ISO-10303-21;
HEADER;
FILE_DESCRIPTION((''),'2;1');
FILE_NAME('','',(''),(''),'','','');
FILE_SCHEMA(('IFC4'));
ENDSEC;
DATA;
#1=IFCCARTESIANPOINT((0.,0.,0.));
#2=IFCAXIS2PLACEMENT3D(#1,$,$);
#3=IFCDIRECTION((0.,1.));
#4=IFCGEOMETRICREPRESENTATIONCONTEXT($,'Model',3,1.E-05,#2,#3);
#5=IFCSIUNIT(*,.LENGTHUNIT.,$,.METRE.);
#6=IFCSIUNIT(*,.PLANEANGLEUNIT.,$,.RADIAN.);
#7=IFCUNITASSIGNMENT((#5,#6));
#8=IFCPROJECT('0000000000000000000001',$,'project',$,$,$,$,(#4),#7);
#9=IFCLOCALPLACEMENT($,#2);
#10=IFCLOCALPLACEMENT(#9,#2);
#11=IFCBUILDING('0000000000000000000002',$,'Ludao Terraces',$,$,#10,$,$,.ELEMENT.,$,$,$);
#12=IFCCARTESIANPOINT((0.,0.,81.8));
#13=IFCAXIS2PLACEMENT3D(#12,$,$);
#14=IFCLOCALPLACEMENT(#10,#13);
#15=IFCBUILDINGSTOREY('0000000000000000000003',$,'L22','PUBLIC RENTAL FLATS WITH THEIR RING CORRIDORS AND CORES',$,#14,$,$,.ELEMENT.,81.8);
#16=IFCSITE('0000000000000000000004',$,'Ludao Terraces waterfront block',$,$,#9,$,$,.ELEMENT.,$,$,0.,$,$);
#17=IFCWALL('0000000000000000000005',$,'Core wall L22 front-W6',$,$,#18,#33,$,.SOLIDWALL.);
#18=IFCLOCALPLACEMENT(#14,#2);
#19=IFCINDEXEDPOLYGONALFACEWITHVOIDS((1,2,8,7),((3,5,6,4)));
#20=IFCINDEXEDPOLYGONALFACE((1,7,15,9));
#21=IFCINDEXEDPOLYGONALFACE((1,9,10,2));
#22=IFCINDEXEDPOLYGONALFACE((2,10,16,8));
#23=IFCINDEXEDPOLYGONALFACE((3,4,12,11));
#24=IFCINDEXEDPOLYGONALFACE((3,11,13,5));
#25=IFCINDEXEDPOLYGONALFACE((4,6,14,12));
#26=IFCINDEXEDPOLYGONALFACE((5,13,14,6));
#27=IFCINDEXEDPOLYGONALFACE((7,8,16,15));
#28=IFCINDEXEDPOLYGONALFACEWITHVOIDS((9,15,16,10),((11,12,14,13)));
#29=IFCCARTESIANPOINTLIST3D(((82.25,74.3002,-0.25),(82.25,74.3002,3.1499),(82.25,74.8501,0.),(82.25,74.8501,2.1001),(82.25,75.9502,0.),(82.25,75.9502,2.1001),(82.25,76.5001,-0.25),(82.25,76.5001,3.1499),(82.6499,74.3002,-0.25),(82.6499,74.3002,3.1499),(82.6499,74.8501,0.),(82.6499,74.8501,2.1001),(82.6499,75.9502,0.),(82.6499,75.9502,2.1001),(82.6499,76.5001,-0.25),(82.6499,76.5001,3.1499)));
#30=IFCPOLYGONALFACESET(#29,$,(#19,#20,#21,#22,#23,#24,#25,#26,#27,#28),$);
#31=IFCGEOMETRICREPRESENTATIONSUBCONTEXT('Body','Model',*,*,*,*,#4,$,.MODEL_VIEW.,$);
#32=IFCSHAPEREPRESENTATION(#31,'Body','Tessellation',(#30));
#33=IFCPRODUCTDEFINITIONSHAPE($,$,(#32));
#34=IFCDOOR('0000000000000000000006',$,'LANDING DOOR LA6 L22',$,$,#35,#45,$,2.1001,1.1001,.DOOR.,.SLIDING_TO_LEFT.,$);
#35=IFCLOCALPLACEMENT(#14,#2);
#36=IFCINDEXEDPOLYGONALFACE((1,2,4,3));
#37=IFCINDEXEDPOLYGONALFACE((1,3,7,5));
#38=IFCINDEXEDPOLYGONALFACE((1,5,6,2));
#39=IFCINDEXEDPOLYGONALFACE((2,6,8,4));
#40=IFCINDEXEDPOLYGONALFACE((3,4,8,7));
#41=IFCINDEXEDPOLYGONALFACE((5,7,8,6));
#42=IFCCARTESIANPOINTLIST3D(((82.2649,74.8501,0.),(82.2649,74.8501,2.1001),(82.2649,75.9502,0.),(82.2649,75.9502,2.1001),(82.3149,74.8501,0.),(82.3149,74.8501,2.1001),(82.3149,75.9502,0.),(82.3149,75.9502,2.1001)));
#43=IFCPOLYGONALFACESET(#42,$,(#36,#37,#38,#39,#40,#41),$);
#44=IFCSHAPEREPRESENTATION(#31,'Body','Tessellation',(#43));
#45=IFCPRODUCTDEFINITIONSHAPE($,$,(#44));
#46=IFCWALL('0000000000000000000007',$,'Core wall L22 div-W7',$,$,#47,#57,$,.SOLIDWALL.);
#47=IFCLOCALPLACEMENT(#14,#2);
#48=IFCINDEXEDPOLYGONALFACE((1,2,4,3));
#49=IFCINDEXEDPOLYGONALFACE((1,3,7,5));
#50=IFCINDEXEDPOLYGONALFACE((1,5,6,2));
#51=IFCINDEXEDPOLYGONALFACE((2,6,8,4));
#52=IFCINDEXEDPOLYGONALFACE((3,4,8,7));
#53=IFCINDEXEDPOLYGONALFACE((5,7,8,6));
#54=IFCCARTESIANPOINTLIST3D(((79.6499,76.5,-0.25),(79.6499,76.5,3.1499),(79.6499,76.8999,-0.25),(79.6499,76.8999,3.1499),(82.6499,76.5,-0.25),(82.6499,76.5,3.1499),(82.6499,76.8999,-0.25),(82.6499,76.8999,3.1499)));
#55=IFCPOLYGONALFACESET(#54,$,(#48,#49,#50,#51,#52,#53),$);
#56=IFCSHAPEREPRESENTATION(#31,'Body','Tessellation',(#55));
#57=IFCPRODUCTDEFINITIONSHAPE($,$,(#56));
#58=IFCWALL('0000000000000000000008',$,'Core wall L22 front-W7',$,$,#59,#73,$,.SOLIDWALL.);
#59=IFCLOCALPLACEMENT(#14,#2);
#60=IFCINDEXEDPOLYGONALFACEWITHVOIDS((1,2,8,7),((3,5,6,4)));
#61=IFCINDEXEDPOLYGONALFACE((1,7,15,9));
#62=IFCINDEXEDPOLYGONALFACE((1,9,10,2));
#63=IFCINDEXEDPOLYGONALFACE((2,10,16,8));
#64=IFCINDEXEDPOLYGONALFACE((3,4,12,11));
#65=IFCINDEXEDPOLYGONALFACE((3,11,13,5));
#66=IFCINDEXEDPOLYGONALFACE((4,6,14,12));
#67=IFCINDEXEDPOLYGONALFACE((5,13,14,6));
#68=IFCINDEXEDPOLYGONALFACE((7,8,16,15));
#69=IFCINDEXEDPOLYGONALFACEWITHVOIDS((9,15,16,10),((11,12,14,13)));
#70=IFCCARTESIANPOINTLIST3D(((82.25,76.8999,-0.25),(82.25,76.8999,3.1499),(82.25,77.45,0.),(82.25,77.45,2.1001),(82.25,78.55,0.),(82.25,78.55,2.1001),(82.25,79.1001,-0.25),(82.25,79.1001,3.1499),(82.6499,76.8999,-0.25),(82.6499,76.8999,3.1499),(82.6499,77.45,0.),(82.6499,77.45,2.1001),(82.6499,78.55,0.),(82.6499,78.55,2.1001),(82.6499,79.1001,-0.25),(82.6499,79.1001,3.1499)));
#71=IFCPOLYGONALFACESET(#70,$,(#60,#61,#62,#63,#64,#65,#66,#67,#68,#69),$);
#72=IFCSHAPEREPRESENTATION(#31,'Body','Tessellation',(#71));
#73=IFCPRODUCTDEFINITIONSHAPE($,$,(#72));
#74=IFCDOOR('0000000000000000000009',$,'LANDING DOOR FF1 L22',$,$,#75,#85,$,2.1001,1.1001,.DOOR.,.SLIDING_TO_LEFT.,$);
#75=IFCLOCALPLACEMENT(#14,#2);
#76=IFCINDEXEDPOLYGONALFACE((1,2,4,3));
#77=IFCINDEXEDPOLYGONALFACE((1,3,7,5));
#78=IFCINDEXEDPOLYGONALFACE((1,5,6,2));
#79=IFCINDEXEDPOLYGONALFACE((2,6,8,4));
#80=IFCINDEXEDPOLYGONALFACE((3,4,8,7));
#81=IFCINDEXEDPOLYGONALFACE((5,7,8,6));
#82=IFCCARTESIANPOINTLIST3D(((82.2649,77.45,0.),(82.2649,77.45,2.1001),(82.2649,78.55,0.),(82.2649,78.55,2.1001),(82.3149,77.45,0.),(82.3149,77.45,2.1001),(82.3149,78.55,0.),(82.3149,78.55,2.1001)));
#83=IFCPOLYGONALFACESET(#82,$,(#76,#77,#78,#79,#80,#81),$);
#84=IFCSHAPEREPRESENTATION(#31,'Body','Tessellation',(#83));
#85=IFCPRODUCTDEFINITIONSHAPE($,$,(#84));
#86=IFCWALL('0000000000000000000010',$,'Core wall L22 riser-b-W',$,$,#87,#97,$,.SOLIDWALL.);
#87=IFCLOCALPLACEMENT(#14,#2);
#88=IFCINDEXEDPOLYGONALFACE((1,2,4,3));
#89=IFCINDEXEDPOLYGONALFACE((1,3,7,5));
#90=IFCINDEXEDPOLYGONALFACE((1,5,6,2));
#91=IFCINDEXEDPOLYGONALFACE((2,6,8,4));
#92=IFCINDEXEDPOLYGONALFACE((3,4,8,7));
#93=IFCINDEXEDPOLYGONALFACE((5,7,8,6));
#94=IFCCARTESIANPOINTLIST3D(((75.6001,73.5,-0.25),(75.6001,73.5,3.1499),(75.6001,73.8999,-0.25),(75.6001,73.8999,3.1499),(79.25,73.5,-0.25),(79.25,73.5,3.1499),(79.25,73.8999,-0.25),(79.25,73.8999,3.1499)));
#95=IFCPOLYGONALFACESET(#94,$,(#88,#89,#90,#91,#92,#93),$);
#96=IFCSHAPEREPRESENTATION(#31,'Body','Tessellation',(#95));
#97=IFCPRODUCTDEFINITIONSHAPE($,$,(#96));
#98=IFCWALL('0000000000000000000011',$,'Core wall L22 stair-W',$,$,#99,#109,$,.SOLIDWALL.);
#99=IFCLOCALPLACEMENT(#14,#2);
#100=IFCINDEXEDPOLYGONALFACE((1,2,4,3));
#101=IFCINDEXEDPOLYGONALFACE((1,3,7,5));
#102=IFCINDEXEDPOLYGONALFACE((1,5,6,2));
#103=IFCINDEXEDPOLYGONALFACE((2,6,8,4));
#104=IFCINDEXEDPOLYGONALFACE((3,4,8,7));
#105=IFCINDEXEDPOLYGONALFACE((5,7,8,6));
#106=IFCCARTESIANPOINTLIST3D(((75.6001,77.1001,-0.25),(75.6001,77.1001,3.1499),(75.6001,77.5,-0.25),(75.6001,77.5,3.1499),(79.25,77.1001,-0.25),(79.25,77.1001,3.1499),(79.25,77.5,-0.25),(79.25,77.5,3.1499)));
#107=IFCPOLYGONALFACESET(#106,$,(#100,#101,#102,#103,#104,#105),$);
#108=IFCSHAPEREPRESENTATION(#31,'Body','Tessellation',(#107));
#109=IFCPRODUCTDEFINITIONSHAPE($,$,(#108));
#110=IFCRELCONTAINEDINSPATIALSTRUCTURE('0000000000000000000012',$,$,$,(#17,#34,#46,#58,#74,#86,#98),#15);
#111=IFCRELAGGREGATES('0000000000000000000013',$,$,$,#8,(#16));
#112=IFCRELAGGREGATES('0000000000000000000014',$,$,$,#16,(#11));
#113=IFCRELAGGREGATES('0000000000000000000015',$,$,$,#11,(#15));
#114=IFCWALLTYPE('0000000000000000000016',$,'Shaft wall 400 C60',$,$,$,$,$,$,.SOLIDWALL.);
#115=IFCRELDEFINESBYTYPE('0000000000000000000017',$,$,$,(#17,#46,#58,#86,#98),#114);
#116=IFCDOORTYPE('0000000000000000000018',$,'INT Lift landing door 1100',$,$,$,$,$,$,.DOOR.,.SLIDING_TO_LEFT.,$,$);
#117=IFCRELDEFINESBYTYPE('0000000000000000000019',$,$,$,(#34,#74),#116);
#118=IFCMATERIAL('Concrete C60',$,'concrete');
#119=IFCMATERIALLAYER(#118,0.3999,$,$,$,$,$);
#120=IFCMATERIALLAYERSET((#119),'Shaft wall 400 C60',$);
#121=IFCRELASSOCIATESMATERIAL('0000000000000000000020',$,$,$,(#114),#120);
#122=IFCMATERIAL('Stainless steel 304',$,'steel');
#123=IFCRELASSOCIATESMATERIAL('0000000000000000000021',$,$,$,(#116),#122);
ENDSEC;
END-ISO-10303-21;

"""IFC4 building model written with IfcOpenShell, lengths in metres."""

from ifc_helpers import new_model, si_unit, direction, frame, frame_2d, origin, place, context, subcontext, project, spatial, rectangle, extrude, material, layer, layer_set, type_object, element, fill, save


model = new_model("IFC4")

# Units and contexts
model_context = context("Model", 3, precision=1e-05, world=origin(), true_north=direction((0.0, 1.0)))
body_context = subcontext(model_context, "Body", "Model", "MODEL_VIEW")
ifc_project = project(units=[si_unit("LENGTHUNIT", "METRE"), si_unit("PLANEANGLEUNIT", "RADIAN")], contexts=[model_context])

# Site, building, storey
site_placement = place(None, origin())
site = spatial("IfcSite", under=ifc_project, at=site_placement, Name="Ludao Terraces waterfront block", CompositionType="ELEMENT", RefElevation=0.0)
building_placement = place(site_placement, origin())
building = spatial("IfcBuilding", under=site, at=building_placement, Name="Ludao Terraces", CompositionType="ELEMENT")
storey_placement = place(building_placement, frame((0.0, 0.0, 81.8)))
storey = spatial("IfcBuildingStorey", under=building, at=storey_placement, Name="L22", Description="PUBLIC RENTAL FLATS WITH THEIR RING CORRIDORS AND CORES", CompositionType="ELEMENT", Elevation=81.8)

# Shared definitions
ifc_material_1 = material(Name="Concrete C60", Category="concrete")
ifc_layer_1 = layer(ifc_material_1, 0.3999)
ifc_layer_set_1 = layer_set([ifc_layer_1], Name="Shaft wall 400 C60")
wall_type_1 = type_object("IfcWallType", Name="Shaft wall 400 C60", PredefinedType="SOLIDWALL", material=ifc_layer_set_1)

# Shared definitions
ifc_material_2 = material(Name="Stainless steel 304", Category="steel")
door_type_1 = type_object("IfcDoorType", Name="INT Lift landing door 1100", OperationType="SLIDING_TO_LEFT", PredefinedType="DOOR", material=ifc_material_2)

# Wall, opening, door
wall_1_placement = place(storey_placement, frame((82.45, 74.3, -0.25), z_axis=(0.0, 0.0, 1.0), x_axis=(0.0, 1.0, 0.0)))
wall_1 = element("IfcWall", 1, at=wall_1_placement, inside=storey, type_object=wall_type_1, Name="Core wall L22 front-W6", PredefinedType="SOLIDWALL", context=body_context, shape_type="SweptSolid", body=[
    extrude(rectangle(XDim=2.2, YDim=0.3999, at=frame_2d((1.1001, 0.0))), origin(), (0.0, 0.0, 1.0), 3.3999),
])
opening_1_placement = place(wall_1_placement, frame((0.55, 0.0, 0.25)))
opening_1 = element("IfcOpeningElement", 2, at=opening_1_placement, cuts=wall_1, PredefinedType="OPENING", context=body_context, shape_type="SweptSolid", body=[
    extrude(rectangle(XDim=1.1001, YDim=2.1001, at=frame_2d((0.55, 1.05))), frame((0.0, 0.21, 0.0), z_axis=(0.0, -1.0, 0.0), x_axis=(1.0, 0.0, 0.0)), (0.0, 0.0, 1.0), 0.4199),
])
door_1_placement = place(opening_1_placement, origin())
door_1 = element("IfcDoor", 3, at=door_1_placement, inside=storey, type_object=door_type_1, Name="LANDING DOOR LA6 L22", OperationType="SLIDING_TO_LEFT", OverallHeight=2.1001, OverallWidth=1.1001, PredefinedType="DOOR", context=body_context, shape_type="SweptSolid", body=[
    extrude(rectangle(XDim=1.1001, YDim=2.1001, at=frame_2d((0.55, 1.05))), frame((0.0, 0.1851, 0.0), z_axis=(0.0, -1.0, 0.0), x_axis=(1.0, 0.0, 0.0)), (0.0, 0.0, 1.0), 0.05),
])
fill(opening_1, door_1)

# Wall
wall_2_placement = place(storey_placement, frame((79.6499, 76.7, -0.25), z_axis=(0.0, 0.0, 1.0), x_axis=(1.0, 0.0, 0.0)))
element("IfcWall", 4, at=wall_2_placement, inside=storey, type_object=wall_type_1, Name="Core wall L22 div-W7", PredefinedType="SOLIDWALL", context=body_context, shape_type="SweptSolid", body=[
    extrude(rectangle(XDim=3.0, YDim=0.3999, at=frame_2d((1.5, 0.0))), origin(), (0.0, 0.0, 1.0), 3.3999),
])

# Wall, opening, door
wall_3_placement = place(storey_placement, frame((82.45, 76.8999, -0.25), z_axis=(0.0, 0.0, 1.0), x_axis=(0.0, 1.0, 0.0)))
wall_3 = element("IfcWall", 5, at=wall_3_placement, inside=storey, type_object=wall_type_1, Name="Core wall L22 front-W7", PredefinedType="SOLIDWALL", context=body_context, shape_type="SweptSolid", body=[
    extrude(rectangle(XDim=2.2002, YDim=0.3999, at=frame_2d((1.1001, 0.0))), origin(), (0.0, 0.0, 1.0), 3.3999),
])
opening_2_placement = place(wall_3_placement, frame((0.55, 0.0, 0.25)))
opening_2 = element("IfcOpeningElement", 6, at=opening_2_placement, cuts=wall_3, PredefinedType="OPENING", context=body_context, shape_type="SweptSolid", body=[
    extrude(rectangle(XDim=1.1001, YDim=2.1001, at=frame_2d((0.55, 1.05))), frame((0.0, 0.21, 0.0), z_axis=(0.0, -1.0, 0.0), x_axis=(1.0, 0.0, 0.0)), (0.0, 0.0, 1.0), 0.4199),
])
door_2_placement = place(opening_2_placement, origin())
door_2 = element("IfcDoor", 7, at=door_2_placement, inside=storey, type_object=door_type_1, Name="LANDING DOOR FF1 L22", OperationType="SLIDING_TO_LEFT", OverallHeight=2.1001, OverallWidth=1.1001, PredefinedType="DOOR", context=body_context, shape_type="SweptSolid", body=[
    extrude(rectangle(XDim=1.1001, YDim=2.1001, at=frame_2d((0.55, 1.05))), frame((0.0, 0.1851, 0.0), z_axis=(0.0, -1.0, 0.0), x_axis=(1.0, 0.0, 0.0)), (0.0, 0.0, 1.0), 0.05),
])
fill(opening_2, door_2)

# Walls
for number, where, z_axis, x_axis, name in (
    (8, (75.6001, 73.7, -0.25), (0.0, 0.0, 1.0), (1.0, 0.0, 0.0), "Core wall L22 riser-b-W"),
    (9, (75.6001, 77.3, -0.25), (0.0, 0.0, 1.0), (1.0, 0.0, 0.0), "Core wall L22 stair-W"),
):
    element("IfcWall", number, at=place(storey_placement, frame(where, z_axis=z_axis, x_axis=x_axis)), inside=storey, type_object=wall_type_1, Name=name, PredefinedType="SOLIDWALL", context=body_context, shape_type="SweptSolid", body=[
        extrude(rectangle(XDim=3.6499, YDim=0.3999, at=frame_2d((1.825, 0.0))), origin(), (0.0, 0.0, 1.0), 3.3999),
    ])

save(model, "model.ifc")
